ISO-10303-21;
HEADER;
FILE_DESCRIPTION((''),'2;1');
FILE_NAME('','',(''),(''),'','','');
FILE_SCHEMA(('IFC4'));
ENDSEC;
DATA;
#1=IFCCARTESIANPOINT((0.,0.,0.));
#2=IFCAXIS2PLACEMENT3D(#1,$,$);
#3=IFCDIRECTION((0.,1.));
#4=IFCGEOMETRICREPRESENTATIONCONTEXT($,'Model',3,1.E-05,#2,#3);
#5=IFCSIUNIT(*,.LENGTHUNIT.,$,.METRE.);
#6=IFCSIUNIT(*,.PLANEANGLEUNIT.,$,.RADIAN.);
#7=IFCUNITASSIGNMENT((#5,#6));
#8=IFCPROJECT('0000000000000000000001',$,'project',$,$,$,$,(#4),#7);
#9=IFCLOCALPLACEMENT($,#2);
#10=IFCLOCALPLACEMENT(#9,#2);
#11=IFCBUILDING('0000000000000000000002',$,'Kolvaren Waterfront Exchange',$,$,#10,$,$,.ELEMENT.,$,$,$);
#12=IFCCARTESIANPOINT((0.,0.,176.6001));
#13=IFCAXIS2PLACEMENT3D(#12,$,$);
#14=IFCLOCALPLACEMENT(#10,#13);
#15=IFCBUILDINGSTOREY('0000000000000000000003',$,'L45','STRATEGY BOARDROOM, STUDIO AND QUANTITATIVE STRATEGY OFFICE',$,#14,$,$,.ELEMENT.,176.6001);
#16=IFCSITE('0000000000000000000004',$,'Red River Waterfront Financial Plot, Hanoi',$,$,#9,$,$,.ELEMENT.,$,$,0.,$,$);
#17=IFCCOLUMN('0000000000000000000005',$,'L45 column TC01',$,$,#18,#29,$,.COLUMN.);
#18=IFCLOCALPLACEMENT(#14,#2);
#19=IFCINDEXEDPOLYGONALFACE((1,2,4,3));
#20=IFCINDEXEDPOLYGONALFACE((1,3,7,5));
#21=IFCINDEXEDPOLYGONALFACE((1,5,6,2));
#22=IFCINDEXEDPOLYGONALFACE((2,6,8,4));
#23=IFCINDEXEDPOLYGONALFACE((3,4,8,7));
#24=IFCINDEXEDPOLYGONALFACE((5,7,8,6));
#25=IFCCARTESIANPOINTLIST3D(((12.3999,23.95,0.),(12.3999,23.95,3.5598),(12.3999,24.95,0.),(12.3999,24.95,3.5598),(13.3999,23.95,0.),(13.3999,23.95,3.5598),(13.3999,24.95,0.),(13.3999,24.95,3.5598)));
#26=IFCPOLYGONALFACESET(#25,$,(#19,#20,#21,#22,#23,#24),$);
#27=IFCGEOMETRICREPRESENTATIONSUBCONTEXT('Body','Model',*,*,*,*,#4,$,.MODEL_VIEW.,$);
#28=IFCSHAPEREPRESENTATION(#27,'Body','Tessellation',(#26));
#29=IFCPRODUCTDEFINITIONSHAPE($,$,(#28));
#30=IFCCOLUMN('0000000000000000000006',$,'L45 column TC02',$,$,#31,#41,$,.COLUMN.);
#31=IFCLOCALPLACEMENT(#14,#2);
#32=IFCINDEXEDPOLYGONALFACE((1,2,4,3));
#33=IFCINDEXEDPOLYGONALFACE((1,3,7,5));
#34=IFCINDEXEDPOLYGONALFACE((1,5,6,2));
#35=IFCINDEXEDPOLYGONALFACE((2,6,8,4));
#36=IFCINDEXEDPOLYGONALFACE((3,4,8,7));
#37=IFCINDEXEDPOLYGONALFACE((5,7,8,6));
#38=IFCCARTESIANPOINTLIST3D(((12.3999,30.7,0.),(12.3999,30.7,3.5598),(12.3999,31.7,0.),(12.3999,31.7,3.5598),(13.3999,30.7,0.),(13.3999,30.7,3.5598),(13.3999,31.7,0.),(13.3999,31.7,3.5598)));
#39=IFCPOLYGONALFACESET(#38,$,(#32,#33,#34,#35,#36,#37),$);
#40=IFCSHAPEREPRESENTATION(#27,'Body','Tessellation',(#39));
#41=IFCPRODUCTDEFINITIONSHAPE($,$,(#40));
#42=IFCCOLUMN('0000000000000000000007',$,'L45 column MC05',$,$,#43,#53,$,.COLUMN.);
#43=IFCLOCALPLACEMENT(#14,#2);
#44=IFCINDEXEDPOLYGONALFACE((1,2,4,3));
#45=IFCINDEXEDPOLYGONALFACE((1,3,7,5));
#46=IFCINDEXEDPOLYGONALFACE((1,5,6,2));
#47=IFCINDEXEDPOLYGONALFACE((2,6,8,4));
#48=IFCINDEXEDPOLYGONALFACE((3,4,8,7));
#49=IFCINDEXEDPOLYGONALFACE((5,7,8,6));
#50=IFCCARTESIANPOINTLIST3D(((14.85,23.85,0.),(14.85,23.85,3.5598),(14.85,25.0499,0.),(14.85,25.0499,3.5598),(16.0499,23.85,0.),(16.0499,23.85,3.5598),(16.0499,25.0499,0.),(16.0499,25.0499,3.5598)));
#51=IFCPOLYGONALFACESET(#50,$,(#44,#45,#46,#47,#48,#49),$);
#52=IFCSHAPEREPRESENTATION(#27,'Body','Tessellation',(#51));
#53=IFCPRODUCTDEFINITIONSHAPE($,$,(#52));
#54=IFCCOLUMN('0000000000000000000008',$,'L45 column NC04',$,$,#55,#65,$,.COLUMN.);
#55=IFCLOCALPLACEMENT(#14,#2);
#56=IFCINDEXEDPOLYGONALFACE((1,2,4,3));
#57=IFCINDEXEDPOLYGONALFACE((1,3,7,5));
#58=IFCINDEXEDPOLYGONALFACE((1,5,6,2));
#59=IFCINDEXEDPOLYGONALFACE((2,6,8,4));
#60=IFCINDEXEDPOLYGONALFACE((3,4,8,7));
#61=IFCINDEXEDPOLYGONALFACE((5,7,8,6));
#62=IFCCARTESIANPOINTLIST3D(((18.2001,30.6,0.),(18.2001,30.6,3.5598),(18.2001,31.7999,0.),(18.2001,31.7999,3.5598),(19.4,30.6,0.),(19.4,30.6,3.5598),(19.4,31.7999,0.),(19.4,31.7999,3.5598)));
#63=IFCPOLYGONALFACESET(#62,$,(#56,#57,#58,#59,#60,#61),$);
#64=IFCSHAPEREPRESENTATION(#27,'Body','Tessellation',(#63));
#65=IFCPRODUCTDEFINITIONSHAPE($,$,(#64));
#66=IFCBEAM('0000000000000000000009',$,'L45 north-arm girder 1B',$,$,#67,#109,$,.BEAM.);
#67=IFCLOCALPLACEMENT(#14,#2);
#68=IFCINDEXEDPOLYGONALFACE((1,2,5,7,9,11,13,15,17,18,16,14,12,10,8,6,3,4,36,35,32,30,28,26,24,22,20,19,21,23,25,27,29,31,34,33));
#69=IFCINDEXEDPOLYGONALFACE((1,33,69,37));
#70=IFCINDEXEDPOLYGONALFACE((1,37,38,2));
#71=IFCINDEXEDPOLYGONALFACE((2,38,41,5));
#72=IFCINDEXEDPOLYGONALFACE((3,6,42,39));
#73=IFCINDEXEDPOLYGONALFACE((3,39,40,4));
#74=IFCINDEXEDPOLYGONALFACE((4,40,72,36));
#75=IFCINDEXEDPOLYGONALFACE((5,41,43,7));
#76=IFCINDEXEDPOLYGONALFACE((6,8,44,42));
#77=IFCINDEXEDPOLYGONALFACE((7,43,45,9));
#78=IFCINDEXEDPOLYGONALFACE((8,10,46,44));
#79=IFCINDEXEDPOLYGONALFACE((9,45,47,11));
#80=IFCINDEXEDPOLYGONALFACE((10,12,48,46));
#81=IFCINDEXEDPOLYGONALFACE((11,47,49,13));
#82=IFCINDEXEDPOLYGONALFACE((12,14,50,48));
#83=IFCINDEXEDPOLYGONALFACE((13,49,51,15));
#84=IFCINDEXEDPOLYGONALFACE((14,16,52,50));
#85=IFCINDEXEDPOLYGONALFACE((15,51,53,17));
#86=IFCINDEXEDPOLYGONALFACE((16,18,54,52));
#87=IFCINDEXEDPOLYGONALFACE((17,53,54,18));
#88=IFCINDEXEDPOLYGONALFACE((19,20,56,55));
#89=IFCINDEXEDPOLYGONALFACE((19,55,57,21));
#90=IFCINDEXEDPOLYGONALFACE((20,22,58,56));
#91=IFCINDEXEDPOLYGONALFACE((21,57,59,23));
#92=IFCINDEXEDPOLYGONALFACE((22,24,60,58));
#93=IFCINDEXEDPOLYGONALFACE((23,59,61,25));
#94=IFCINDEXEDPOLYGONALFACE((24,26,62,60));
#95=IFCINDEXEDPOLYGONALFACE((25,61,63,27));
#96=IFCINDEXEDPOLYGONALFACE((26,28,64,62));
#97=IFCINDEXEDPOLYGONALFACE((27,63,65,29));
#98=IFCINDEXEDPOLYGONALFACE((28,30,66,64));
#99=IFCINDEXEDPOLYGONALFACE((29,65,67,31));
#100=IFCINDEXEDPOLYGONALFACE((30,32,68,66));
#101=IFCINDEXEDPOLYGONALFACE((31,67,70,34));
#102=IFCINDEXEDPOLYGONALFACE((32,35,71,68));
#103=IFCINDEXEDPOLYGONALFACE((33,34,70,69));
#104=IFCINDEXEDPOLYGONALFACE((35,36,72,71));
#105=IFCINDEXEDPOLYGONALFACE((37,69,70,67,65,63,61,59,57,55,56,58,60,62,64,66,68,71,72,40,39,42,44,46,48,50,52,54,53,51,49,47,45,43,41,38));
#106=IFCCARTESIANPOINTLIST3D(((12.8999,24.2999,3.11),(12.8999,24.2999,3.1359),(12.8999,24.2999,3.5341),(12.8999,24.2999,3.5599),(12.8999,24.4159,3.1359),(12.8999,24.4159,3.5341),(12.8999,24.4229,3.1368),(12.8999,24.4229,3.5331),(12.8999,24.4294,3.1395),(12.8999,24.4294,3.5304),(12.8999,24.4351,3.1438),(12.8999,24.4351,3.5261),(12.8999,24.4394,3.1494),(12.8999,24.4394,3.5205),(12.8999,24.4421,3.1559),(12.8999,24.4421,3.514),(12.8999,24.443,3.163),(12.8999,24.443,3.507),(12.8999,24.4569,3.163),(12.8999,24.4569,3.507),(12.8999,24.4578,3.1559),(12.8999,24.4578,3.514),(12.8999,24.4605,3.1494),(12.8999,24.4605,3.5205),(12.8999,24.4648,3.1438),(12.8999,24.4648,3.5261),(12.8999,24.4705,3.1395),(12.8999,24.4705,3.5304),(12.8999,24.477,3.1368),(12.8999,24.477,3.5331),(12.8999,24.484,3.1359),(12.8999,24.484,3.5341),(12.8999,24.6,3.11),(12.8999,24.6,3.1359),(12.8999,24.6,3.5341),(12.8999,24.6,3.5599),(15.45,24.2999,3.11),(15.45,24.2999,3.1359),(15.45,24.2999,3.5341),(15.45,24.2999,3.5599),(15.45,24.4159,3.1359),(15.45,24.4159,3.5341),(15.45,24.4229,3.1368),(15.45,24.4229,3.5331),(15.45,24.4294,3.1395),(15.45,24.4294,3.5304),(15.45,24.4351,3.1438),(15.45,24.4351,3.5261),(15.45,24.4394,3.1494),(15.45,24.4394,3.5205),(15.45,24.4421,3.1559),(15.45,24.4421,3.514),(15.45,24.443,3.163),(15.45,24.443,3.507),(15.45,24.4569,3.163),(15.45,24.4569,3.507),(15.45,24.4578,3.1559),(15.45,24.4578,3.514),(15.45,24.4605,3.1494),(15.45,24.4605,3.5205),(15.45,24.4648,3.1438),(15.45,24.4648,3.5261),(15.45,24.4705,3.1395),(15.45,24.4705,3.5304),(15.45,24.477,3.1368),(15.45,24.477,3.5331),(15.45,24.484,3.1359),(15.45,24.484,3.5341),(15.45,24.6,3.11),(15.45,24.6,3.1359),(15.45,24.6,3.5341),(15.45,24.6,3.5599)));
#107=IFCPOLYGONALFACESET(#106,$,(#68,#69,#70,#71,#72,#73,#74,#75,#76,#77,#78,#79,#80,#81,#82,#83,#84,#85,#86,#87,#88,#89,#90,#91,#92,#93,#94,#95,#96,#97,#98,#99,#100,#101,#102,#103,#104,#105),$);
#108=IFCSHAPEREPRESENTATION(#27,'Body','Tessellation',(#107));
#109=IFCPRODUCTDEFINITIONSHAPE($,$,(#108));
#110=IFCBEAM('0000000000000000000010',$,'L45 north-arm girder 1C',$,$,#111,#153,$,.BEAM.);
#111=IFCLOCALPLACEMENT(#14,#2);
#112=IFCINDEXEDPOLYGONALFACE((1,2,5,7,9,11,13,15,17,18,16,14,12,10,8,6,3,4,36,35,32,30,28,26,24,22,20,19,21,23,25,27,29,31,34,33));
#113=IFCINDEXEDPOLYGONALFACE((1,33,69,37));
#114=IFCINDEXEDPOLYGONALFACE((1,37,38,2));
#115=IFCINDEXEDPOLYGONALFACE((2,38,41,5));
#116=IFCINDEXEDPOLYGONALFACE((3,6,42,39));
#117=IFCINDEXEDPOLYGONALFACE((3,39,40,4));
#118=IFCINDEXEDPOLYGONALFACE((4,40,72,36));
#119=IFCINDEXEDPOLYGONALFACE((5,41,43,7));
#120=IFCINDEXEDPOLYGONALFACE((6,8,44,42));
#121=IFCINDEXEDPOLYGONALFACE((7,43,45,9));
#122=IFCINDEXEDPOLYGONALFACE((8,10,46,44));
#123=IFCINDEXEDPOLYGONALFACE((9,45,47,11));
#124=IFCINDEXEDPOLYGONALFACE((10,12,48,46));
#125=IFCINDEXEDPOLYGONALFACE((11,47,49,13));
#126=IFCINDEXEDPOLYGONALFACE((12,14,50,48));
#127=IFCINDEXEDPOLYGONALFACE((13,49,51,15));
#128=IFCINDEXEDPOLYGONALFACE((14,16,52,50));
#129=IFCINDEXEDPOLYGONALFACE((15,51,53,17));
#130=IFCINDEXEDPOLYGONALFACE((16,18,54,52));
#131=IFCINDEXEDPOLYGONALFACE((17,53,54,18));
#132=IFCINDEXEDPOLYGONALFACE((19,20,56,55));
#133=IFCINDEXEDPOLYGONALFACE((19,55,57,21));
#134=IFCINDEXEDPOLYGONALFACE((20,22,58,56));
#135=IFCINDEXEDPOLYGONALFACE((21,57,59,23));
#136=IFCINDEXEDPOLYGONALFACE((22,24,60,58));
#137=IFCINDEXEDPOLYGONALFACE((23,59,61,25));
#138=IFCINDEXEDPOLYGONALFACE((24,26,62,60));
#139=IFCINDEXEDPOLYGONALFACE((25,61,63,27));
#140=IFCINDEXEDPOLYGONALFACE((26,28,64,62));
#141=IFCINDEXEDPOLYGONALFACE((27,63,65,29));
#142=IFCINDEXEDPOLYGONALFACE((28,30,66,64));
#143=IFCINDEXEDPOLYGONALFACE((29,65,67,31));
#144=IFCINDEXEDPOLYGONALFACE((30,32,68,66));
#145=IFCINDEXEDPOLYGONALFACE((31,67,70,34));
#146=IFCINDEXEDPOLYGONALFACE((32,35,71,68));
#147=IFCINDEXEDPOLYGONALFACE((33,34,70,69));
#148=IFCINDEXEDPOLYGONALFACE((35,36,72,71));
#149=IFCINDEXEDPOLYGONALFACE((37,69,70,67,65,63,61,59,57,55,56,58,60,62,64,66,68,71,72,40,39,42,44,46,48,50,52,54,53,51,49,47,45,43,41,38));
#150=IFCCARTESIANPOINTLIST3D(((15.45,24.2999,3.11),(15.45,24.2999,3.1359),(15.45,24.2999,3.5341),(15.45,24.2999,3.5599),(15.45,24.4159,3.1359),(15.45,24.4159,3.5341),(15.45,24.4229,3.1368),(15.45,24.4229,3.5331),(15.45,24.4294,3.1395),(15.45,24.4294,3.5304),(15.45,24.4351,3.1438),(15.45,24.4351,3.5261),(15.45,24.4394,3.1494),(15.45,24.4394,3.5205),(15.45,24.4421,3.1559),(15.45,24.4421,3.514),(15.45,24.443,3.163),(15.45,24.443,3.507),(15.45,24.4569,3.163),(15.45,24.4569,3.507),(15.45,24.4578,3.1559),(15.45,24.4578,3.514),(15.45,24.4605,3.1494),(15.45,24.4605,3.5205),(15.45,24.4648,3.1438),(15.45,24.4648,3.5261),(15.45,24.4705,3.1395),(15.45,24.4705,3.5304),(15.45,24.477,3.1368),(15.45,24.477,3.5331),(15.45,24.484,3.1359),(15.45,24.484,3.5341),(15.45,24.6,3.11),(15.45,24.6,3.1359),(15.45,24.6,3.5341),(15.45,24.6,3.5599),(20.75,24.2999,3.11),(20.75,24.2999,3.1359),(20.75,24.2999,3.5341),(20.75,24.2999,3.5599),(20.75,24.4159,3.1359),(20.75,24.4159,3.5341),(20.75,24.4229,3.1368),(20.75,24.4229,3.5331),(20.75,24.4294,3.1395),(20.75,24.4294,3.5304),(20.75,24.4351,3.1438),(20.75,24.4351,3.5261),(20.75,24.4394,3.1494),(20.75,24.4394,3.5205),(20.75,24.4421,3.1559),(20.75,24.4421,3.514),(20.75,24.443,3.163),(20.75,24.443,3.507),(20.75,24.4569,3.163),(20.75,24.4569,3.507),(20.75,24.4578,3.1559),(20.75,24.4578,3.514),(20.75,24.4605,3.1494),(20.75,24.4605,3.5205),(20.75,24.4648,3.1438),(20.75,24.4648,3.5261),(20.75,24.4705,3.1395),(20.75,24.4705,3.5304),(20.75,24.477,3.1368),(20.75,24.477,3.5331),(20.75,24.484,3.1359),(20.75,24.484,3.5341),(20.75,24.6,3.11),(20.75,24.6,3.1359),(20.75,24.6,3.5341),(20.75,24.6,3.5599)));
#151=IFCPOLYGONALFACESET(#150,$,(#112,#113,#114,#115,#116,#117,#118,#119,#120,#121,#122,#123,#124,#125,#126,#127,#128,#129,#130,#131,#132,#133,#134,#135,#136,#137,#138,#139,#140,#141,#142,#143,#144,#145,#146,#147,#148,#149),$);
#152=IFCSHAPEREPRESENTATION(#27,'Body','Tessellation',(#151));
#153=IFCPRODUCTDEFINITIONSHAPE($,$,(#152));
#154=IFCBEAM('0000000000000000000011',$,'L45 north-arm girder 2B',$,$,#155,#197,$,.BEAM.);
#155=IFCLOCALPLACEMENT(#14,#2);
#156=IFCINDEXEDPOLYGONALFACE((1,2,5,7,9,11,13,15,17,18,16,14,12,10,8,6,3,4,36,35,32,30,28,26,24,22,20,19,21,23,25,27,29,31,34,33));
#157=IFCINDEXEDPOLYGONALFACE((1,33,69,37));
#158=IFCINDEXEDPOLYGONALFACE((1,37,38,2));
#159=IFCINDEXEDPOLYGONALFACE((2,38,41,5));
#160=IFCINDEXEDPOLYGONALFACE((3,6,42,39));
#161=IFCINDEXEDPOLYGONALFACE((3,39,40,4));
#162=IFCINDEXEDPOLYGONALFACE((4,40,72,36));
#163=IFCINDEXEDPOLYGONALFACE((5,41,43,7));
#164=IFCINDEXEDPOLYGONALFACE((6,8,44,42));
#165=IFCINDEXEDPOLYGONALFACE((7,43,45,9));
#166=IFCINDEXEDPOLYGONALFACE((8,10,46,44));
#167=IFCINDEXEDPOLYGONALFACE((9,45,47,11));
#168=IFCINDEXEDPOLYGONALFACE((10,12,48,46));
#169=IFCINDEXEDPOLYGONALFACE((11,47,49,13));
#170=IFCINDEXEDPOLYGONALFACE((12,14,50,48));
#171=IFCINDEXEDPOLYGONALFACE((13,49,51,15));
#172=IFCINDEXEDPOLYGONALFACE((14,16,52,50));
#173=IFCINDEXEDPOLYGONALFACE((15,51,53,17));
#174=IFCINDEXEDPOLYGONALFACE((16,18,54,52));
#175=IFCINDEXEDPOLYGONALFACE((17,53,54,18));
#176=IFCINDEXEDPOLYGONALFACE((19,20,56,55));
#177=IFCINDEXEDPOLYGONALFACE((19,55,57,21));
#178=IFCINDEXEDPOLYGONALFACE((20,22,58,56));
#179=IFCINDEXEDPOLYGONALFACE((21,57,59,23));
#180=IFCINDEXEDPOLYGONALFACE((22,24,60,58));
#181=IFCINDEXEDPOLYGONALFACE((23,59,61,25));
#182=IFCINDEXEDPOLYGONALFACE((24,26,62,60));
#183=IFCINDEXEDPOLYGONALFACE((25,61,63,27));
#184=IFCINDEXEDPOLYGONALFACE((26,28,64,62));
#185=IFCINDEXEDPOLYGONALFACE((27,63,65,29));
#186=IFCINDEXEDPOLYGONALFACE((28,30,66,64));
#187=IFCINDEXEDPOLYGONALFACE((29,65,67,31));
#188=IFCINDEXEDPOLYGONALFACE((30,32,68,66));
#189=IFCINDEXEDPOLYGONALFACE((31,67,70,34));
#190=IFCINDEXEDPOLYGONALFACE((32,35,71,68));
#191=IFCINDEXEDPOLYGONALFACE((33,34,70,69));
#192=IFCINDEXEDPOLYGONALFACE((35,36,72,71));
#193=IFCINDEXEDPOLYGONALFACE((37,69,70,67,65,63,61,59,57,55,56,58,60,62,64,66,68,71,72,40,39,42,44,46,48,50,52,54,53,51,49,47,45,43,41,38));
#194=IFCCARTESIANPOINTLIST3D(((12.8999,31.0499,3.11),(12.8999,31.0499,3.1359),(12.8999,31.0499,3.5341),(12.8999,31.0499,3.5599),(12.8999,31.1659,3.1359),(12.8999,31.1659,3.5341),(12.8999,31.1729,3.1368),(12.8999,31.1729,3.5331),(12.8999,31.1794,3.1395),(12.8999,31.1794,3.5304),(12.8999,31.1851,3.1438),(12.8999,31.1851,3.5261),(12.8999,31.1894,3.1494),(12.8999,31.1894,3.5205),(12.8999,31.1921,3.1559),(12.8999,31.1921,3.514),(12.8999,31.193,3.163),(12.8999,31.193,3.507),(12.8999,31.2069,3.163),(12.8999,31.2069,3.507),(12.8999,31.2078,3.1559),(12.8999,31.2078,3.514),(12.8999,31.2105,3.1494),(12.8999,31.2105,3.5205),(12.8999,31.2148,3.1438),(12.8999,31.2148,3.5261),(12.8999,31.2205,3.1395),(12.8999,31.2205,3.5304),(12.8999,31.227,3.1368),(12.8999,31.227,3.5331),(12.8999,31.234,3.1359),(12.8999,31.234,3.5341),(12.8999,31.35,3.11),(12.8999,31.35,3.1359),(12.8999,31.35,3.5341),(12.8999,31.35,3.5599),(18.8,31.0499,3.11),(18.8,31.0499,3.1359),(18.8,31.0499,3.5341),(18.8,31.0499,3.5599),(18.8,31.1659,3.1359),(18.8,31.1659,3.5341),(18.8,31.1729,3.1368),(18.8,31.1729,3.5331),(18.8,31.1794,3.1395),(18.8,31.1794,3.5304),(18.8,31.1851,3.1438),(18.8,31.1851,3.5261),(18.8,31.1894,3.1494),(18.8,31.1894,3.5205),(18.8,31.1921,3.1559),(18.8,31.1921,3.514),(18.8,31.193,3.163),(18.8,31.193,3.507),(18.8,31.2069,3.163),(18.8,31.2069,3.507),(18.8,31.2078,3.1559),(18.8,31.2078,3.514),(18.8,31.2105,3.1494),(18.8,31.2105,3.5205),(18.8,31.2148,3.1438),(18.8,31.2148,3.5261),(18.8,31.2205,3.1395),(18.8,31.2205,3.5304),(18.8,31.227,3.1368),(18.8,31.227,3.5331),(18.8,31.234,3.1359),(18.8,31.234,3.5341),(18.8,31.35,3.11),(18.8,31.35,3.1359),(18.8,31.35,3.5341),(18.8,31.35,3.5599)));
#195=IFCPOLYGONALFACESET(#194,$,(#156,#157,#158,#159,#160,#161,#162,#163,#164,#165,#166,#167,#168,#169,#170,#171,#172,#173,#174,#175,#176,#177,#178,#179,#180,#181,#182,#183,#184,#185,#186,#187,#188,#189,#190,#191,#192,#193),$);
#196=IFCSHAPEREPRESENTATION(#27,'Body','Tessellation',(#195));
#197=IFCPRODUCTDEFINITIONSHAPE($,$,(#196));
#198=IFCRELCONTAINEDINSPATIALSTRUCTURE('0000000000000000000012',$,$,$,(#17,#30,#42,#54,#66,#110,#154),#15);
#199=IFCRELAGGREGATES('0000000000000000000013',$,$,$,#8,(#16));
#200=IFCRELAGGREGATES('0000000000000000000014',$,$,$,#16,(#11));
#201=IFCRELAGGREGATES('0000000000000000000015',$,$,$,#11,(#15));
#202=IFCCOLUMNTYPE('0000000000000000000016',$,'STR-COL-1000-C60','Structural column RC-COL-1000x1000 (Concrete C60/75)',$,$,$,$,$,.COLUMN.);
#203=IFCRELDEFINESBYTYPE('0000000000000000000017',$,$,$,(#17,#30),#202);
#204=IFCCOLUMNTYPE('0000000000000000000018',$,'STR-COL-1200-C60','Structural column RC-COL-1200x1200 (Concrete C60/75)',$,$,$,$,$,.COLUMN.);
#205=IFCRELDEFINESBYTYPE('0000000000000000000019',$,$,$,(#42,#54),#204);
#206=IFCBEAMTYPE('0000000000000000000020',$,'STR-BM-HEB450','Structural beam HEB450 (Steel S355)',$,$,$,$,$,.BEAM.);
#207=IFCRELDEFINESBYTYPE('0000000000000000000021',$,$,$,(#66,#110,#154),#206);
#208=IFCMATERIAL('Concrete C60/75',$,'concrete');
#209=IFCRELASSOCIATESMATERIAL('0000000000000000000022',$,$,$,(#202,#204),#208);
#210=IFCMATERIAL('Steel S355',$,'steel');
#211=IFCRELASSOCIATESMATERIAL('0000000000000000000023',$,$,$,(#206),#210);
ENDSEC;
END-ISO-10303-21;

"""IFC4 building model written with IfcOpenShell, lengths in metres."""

from ifc_helpers import new_model, si_unit, direction, frame, origin, origin_2d, place, context, subcontext, project, spatial, rectangle, i_section, extrude, material, material_profile, profile_set, type_object, element, save


model = new_model("IFC4")

# Units and contexts
model_context = context("Model", 3, precision=1e-05, world=origin(), true_north=direction((0.0, 1.0)))
body_context = subcontext(model_context, "Body", "Model", "MODEL_VIEW")
ifc_project = project(units=[si_unit("LENGTHUNIT", "METRE"), si_unit("PLANEANGLEUNIT", "RADIAN")], contexts=[model_context])

# Site, building, storey
site_placement = place(None, origin())
site = spatial("IfcSite", under=ifc_project, at=site_placement, Name="Red River Waterfront Financial Plot, Hanoi", CompositionType="ELEMENT", RefElevation=0.0)
building_placement = place(site_placement, origin())
building = spatial("IfcBuilding", under=site, at=building_placement, Name="Kolvaren Waterfront Exchange", CompositionType="ELEMENT")
storey_placement = place(building_placement, frame((0.0, 0.0, 176.6001)))
storey = spatial("IfcBuildingStorey", under=building, at=storey_placement, Name="L45", Description="STRATEGY BOARDROOM, STUDIO AND QUANTITATIVE STRATEGY OFFICE", CompositionType="ELEMENT", Elevation=176.6001)

# Columns
ifc_material_1 = material(Name="Concrete C60/75", Category="concrete")
ifc_material_profile_1 = material_profile(ifc_material_1, rectangle(XDim=1.0, YDim=1.0, at=origin_2d()), Name="RC-COL-1000x1000")
ifc_profile_set_1 = profile_set([ifc_material_profile_1], Name="Concrete C60/75")
column_type_1 = type_object("IfcColumnType", Name="STR-COL-1000-C60", Description="Structural column RC-COL-1000x1000 (Concrete C60/75)", PredefinedType="COLUMN", material=ifc_profile_set_1)
for number, where, z_axis, x_axis, name in (
    (1, (12.8999, 24.45, 0.0), (0.0, 0.0, 1.0), (1.0, 0.0, 0.0), "L45 column TC01"),
    (2, (12.8999, 31.2, 0.0), (0.0, 0.0, 1.0), (1.0, 0.0, 0.0), "L45 column TC02"),
):
    element("IfcColumn", number, at=place(storey_placement, frame(where, z_axis=z_axis, x_axis=x_axis)), inside=storey, type_object=column_type_1, Name=name, PredefinedType="COLUMN", context=body_context, shape_type="SweptSolid", body=[
        extrude(rectangle(XDim=1.0, YDim=1.0, at=origin_2d()), origin(), (0.0, 0.0, 1.0), 3.5598),
    ])
ifc_material_profile_2 = material_profile(ifc_material_1, rectangle(XDim=1.2, YDim=1.2, at=origin_2d()), Name="RC-COL-1200x1200")
ifc_profile_set_2 = profile_set([ifc_material_profile_2], Name="Concrete C60/75")
column_type_2 = type_object("IfcColumnType", Name="STR-COL-1200-C60", Description="Structural column RC-COL-1200x1200 (Concrete C60/75)", PredefinedType="COLUMN", material=ifc_profile_set_2)
for number, where, z_axis, x_axis, name in (
    (3, (15.45, 24.45, 0.0), (0.0, 0.0, 1.0), (1.0, 0.0, 0.0), "L45 column MC05"),
    (4, (18.8, 31.2, 0.0), (0.0, 0.0, 1.0), (1.0, 0.0, 0.0), "L45 column NC04"),
):
    element("IfcColumn", number, at=place(storey_placement, frame(where, z_axis=z_axis, x_axis=x_axis)), inside=storey, type_object=column_type_2, Name=name, PredefinedType="COLUMN", context=body_context, shape_type="SweptSolid", body=[
        extrude(rectangle(XDim=1.2, YDim=1.2, at=origin_2d()), origin(), (0.0, 0.0, 1.0), 3.5598),
    ])

# Beams
ifc_material_2 = material(Name="Steel S355", Category="steel")
ifc_material_profile_3 = material_profile(ifc_material_2, i_section(OverallWidth=0.3, OverallDepth=0.45, WebThickness=0.0139, FlangeThickness=0.0259, FilletRadius=0.0271, at=origin_2d()), Name="HEB450")
ifc_profile_set_3 = profile_set([ifc_material_profile_3], Name="Steel S355")
beam_type_1 = type_object("IfcBeamType", Name="STR-BM-HEB450", Description="Structural beam HEB450 (Steel S355)", PredefinedType="BEAM", material=ifc_profile_set_3)
beam_1_placement = place(storey_placement, frame((12.8999, 24.45, 3.335), z_axis=(1.0, 0.0, 0.0), x_axis=(0.0, 1.0, 0.0)))
element("IfcBeam", 5, at=beam_1_placement, inside=storey, type_object=beam_type_1, Name="L45 north-arm girder 1B", PredefinedType="BEAM", context=body_context, shape_type="SweptSolid", body=[
    extrude(i_section(OverallWidth=0.3, OverallDepth=0.45, WebThickness=0.0139, FlangeThickness=0.0259, FilletRadius=0.0271, at=origin_2d()), origin(), (0.0, 0.0, 1.0), 2.55),
])
beam_2_placement = place(storey_placement, frame((15.45, 24.45, 3.335), z_axis=(1.0, 0.0, 0.0), x_axis=(0.0, 1.0, 0.0)))
element("IfcBeam", 6, at=beam_2_placement, inside=storey, type_object=beam_type_1, Name="L45 north-arm girder 1C", PredefinedType="BEAM", context=body_context, shape_type="SweptSolid", body=[
    extrude(i_section(OverallWidth=0.3, OverallDepth=0.45, WebThickness=0.0139, FlangeThickness=0.0259, FilletRadius=0.0271, at=origin_2d()), origin(), (0.0, 0.0, 1.0), 5.3),
])
beam_3_placement = place(storey_placement, frame((12.8999, 31.2, 3.335), z_axis=(1.0, 0.0, 0.0), x_axis=(0.0, 1.0, 0.0)))
element("IfcBeam", 7, at=beam_3_placement, inside=storey, type_object=beam_type_1, Name="L45 north-arm girder 2B", PredefinedType="BEAM", context=body_context, shape_type="SweptSolid", body=[
    extrude(i_section(OverallWidth=0.3, OverallDepth=0.45, WebThickness=0.0139, FlangeThickness=0.0259, FilletRadius=0.0271, at=origin_2d()), origin(), (0.0, 0.0, 1.0), 5.9001),
])

save(model, "model.ifc")
